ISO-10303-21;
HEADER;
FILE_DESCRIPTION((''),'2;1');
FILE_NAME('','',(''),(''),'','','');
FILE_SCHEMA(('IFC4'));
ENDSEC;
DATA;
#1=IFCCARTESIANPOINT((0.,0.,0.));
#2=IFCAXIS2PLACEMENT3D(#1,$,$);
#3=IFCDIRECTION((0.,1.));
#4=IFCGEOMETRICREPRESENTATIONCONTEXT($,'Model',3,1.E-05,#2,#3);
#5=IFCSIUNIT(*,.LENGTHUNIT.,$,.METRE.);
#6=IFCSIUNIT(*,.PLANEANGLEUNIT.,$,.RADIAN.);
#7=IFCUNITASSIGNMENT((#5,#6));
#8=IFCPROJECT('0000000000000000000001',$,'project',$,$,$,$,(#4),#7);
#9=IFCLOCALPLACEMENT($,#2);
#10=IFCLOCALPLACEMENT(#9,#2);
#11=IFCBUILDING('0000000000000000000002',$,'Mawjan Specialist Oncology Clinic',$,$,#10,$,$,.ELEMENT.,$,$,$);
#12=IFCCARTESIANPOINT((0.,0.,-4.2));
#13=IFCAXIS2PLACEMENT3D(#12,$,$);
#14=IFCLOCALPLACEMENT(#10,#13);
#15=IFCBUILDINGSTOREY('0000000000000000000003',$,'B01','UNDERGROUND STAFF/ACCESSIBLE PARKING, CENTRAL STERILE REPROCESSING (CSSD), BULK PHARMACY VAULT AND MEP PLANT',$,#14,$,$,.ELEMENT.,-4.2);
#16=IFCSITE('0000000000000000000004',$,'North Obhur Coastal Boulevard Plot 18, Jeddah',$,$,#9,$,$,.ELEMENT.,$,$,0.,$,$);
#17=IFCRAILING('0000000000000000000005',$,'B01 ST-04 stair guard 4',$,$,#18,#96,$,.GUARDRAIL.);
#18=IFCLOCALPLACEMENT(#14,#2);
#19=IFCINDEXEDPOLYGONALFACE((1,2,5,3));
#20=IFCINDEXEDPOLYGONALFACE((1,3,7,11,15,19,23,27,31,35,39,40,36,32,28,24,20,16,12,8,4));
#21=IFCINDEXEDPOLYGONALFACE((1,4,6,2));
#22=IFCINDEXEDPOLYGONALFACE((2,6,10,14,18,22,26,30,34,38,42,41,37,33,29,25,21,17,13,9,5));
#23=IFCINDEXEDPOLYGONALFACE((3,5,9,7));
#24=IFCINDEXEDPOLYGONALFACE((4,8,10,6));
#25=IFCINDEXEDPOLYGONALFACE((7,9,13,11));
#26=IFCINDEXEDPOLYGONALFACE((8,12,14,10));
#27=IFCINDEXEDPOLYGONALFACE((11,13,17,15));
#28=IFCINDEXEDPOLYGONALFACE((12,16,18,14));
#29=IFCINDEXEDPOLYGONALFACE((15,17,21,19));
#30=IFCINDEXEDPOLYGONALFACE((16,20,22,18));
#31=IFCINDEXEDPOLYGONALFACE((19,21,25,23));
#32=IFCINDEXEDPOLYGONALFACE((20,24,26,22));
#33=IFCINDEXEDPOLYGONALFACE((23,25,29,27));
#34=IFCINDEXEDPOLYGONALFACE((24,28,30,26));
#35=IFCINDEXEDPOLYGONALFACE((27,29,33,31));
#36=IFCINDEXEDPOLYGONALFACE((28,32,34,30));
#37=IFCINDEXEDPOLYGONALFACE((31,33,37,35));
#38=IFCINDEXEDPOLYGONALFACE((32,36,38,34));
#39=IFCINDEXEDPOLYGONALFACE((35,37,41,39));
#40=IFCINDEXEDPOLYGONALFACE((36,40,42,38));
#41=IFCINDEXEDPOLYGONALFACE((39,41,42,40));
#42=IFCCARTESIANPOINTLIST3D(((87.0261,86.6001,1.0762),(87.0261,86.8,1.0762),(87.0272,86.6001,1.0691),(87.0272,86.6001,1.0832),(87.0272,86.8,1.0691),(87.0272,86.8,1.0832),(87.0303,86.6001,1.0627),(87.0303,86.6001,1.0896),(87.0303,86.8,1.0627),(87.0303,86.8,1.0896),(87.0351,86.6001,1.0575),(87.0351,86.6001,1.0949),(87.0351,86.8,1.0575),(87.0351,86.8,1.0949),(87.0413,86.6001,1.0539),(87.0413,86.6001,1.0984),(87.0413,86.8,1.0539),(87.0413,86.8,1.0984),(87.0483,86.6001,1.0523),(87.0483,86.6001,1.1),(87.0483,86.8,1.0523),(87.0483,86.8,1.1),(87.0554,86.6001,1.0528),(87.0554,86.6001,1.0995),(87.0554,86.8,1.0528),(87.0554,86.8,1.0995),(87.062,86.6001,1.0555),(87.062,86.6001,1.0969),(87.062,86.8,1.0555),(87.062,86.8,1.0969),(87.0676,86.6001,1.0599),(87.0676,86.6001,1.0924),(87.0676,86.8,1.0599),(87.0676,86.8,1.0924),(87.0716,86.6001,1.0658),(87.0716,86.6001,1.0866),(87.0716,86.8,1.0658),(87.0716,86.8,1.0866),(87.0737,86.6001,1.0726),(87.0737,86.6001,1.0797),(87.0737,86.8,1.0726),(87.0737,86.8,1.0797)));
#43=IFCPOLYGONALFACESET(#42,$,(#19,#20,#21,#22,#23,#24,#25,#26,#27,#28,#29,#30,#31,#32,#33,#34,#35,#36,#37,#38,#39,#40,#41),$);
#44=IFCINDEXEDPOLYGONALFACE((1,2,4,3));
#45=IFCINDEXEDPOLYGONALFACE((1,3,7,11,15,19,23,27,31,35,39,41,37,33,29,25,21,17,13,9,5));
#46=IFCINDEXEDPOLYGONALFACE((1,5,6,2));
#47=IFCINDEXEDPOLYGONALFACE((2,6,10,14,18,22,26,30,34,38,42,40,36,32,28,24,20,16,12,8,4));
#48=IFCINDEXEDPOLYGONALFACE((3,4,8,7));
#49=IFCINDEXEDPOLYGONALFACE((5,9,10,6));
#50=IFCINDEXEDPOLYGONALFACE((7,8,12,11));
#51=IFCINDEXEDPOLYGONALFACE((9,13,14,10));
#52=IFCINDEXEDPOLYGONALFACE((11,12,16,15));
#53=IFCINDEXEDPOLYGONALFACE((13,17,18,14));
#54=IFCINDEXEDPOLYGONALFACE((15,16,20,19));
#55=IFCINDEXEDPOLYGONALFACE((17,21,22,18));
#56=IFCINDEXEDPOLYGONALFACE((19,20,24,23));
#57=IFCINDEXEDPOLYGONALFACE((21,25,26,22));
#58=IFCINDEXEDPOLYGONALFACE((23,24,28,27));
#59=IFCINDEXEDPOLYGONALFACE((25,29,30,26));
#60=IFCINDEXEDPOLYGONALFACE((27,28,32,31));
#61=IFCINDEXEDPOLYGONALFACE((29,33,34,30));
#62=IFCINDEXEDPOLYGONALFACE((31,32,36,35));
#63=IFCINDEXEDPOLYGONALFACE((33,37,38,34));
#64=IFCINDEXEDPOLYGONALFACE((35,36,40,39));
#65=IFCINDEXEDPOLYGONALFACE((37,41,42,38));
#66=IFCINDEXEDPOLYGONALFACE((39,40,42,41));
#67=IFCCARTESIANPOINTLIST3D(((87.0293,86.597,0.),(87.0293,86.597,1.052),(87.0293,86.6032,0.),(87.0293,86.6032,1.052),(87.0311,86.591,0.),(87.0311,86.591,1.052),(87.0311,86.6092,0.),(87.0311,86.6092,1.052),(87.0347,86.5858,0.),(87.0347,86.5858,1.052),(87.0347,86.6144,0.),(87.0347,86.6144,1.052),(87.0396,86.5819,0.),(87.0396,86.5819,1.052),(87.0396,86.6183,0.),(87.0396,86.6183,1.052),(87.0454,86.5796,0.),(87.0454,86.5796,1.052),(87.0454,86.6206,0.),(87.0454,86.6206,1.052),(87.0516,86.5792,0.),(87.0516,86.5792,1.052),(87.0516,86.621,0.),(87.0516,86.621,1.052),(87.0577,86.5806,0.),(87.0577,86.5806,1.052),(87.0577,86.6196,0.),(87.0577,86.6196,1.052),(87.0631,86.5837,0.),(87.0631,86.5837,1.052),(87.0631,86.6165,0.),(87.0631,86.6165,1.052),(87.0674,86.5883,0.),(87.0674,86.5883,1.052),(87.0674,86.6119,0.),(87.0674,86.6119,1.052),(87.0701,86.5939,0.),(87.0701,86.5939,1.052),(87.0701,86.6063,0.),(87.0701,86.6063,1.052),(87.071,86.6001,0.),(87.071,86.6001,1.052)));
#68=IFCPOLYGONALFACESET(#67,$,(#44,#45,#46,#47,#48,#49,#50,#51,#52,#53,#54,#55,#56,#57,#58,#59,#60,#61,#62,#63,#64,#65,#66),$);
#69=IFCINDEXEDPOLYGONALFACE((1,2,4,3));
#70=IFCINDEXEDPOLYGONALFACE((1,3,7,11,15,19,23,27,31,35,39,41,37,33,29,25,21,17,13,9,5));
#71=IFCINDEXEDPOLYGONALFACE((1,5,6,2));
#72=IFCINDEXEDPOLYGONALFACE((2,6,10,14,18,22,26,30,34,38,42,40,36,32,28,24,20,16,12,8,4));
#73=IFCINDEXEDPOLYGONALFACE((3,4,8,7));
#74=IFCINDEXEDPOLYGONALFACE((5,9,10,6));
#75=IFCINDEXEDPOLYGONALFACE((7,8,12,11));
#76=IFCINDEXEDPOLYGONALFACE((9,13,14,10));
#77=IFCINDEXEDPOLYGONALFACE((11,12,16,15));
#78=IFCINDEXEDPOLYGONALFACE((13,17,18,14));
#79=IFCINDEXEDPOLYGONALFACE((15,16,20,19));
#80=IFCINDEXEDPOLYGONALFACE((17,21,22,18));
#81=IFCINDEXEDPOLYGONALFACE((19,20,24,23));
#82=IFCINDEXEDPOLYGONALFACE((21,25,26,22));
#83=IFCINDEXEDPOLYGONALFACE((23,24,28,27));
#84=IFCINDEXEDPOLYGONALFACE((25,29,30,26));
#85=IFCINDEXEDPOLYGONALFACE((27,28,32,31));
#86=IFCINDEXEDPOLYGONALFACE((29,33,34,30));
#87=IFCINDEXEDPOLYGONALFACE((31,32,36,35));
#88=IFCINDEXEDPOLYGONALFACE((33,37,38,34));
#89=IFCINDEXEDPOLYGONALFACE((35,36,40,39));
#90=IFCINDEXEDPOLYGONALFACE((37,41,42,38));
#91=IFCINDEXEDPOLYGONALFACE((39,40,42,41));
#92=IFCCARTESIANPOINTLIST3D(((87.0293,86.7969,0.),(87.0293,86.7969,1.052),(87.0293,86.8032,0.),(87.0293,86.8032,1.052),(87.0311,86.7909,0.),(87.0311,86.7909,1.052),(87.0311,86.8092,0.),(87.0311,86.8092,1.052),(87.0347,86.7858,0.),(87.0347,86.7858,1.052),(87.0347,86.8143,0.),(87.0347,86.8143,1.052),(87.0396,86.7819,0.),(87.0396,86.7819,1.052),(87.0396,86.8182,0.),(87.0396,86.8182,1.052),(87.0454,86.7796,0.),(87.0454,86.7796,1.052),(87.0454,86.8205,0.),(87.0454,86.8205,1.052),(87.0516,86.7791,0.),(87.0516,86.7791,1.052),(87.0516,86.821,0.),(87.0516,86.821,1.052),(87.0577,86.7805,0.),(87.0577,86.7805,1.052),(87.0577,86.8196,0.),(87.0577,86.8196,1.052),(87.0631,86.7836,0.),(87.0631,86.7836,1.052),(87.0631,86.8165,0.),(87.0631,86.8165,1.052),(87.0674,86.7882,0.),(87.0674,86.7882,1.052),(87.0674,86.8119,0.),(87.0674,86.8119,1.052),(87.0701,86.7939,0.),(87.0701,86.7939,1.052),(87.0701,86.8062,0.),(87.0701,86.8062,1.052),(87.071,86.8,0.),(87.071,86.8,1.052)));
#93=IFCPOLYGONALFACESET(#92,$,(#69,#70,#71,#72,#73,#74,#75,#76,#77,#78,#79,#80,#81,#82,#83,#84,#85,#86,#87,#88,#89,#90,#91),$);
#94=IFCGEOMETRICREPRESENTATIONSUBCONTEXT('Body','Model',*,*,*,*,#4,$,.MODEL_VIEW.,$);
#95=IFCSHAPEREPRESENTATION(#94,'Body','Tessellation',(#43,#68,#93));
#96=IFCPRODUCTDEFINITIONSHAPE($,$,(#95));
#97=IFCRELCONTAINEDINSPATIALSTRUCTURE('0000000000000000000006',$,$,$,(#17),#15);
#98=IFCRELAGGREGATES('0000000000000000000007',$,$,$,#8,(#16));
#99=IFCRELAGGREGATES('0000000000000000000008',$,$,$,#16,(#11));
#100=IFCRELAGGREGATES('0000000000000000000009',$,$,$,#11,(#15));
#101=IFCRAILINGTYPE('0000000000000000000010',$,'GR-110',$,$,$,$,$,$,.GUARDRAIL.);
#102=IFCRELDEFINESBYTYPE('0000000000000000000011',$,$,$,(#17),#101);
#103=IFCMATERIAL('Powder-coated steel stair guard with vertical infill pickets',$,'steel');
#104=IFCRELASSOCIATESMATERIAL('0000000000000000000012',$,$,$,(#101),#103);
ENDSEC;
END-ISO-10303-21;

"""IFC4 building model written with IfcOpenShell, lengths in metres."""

from ifc_helpers import new_model, si_unit, direction, frame, origin, origin_2d, place, context, subcontext, project, spatial, circle, extrude, material, type_object, element, save


model = new_model("IFC4")

# Units and contexts
model_context = context("Model", 3, precision=1e-05, world=origin(), true_north=direction((0.0, 1.0)))
body_context = subcontext(model_context, "Body", "Model", "MODEL_VIEW")
ifc_project = project(units=[si_unit("LENGTHUNIT", "METRE"), si_unit("PLANEANGLEUNIT", "RADIAN")], contexts=[model_context])

# Site, building, storey
site_placement = place(None, origin())
site = spatial("IfcSite", under=ifc_project, at=site_placement, Name="North Obhur Coastal Boulevard Plot 18, Jeddah", CompositionType="ELEMENT", RefElevation=0.0)
building_placement = place(site_placement, origin())
building = spatial("IfcBuilding", under=site, at=building_placement, Name="Mawjan Specialist Oncology Clinic", CompositionType="ELEMENT")
storey_placement = place(building_placement, frame((0.0, 0.0, -4.2)))
storey = spatial("IfcBuildingStorey", under=building, at=storey_placement, Name="B01", Description="UNDERGROUND STAFF/ACCESSIBLE PARKING, CENTRAL STERILE REPROCESSING (CSSD), BULK PHARMACY VAULT AND MEP PLANT", CompositionType="ELEMENT", Elevation=-4.2)

# Railing
ifc_material_1 = material(Name="Powder-coated steel stair guard with vertical infill pickets", Category="steel")
railing_type_1 = type_object("IfcRailingType", Name="GR-110", PredefinedType="GUARDRAIL", material=ifc_material_1)
railing_1_placement = place(storey_placement, frame((87.05, 86.6001, 0.0)))
element("IfcRailing", 1, at=railing_1_placement, inside=storey, type_object=railing_type_1, Name="B01 ST-04 stair guard 4", PredefinedType="GUARDRAIL", context=body_context, shape_type="SweptSolid", body=[
    extrude(circle(Radius=0.0239, at=origin_2d()), frame((0.0, 0.0, 1.0762), z_axis=(0.0, 1.0, 0.0), x_axis=(-1.0, 0.0, 0.0)), (0.0, 0.0, 1.0), 0.2),
    extrude(circle(Radius=0.021, at=origin_2d()), origin(), (0.0, 0.0, 1.0), 1.052),
    extrude(circle(Radius=0.021, at=origin_2d()), frame((0.0, 0.2, 0.0)), (0.0, 0.0, 1.0), 1.052),
])

save(model, "model.ifc")
